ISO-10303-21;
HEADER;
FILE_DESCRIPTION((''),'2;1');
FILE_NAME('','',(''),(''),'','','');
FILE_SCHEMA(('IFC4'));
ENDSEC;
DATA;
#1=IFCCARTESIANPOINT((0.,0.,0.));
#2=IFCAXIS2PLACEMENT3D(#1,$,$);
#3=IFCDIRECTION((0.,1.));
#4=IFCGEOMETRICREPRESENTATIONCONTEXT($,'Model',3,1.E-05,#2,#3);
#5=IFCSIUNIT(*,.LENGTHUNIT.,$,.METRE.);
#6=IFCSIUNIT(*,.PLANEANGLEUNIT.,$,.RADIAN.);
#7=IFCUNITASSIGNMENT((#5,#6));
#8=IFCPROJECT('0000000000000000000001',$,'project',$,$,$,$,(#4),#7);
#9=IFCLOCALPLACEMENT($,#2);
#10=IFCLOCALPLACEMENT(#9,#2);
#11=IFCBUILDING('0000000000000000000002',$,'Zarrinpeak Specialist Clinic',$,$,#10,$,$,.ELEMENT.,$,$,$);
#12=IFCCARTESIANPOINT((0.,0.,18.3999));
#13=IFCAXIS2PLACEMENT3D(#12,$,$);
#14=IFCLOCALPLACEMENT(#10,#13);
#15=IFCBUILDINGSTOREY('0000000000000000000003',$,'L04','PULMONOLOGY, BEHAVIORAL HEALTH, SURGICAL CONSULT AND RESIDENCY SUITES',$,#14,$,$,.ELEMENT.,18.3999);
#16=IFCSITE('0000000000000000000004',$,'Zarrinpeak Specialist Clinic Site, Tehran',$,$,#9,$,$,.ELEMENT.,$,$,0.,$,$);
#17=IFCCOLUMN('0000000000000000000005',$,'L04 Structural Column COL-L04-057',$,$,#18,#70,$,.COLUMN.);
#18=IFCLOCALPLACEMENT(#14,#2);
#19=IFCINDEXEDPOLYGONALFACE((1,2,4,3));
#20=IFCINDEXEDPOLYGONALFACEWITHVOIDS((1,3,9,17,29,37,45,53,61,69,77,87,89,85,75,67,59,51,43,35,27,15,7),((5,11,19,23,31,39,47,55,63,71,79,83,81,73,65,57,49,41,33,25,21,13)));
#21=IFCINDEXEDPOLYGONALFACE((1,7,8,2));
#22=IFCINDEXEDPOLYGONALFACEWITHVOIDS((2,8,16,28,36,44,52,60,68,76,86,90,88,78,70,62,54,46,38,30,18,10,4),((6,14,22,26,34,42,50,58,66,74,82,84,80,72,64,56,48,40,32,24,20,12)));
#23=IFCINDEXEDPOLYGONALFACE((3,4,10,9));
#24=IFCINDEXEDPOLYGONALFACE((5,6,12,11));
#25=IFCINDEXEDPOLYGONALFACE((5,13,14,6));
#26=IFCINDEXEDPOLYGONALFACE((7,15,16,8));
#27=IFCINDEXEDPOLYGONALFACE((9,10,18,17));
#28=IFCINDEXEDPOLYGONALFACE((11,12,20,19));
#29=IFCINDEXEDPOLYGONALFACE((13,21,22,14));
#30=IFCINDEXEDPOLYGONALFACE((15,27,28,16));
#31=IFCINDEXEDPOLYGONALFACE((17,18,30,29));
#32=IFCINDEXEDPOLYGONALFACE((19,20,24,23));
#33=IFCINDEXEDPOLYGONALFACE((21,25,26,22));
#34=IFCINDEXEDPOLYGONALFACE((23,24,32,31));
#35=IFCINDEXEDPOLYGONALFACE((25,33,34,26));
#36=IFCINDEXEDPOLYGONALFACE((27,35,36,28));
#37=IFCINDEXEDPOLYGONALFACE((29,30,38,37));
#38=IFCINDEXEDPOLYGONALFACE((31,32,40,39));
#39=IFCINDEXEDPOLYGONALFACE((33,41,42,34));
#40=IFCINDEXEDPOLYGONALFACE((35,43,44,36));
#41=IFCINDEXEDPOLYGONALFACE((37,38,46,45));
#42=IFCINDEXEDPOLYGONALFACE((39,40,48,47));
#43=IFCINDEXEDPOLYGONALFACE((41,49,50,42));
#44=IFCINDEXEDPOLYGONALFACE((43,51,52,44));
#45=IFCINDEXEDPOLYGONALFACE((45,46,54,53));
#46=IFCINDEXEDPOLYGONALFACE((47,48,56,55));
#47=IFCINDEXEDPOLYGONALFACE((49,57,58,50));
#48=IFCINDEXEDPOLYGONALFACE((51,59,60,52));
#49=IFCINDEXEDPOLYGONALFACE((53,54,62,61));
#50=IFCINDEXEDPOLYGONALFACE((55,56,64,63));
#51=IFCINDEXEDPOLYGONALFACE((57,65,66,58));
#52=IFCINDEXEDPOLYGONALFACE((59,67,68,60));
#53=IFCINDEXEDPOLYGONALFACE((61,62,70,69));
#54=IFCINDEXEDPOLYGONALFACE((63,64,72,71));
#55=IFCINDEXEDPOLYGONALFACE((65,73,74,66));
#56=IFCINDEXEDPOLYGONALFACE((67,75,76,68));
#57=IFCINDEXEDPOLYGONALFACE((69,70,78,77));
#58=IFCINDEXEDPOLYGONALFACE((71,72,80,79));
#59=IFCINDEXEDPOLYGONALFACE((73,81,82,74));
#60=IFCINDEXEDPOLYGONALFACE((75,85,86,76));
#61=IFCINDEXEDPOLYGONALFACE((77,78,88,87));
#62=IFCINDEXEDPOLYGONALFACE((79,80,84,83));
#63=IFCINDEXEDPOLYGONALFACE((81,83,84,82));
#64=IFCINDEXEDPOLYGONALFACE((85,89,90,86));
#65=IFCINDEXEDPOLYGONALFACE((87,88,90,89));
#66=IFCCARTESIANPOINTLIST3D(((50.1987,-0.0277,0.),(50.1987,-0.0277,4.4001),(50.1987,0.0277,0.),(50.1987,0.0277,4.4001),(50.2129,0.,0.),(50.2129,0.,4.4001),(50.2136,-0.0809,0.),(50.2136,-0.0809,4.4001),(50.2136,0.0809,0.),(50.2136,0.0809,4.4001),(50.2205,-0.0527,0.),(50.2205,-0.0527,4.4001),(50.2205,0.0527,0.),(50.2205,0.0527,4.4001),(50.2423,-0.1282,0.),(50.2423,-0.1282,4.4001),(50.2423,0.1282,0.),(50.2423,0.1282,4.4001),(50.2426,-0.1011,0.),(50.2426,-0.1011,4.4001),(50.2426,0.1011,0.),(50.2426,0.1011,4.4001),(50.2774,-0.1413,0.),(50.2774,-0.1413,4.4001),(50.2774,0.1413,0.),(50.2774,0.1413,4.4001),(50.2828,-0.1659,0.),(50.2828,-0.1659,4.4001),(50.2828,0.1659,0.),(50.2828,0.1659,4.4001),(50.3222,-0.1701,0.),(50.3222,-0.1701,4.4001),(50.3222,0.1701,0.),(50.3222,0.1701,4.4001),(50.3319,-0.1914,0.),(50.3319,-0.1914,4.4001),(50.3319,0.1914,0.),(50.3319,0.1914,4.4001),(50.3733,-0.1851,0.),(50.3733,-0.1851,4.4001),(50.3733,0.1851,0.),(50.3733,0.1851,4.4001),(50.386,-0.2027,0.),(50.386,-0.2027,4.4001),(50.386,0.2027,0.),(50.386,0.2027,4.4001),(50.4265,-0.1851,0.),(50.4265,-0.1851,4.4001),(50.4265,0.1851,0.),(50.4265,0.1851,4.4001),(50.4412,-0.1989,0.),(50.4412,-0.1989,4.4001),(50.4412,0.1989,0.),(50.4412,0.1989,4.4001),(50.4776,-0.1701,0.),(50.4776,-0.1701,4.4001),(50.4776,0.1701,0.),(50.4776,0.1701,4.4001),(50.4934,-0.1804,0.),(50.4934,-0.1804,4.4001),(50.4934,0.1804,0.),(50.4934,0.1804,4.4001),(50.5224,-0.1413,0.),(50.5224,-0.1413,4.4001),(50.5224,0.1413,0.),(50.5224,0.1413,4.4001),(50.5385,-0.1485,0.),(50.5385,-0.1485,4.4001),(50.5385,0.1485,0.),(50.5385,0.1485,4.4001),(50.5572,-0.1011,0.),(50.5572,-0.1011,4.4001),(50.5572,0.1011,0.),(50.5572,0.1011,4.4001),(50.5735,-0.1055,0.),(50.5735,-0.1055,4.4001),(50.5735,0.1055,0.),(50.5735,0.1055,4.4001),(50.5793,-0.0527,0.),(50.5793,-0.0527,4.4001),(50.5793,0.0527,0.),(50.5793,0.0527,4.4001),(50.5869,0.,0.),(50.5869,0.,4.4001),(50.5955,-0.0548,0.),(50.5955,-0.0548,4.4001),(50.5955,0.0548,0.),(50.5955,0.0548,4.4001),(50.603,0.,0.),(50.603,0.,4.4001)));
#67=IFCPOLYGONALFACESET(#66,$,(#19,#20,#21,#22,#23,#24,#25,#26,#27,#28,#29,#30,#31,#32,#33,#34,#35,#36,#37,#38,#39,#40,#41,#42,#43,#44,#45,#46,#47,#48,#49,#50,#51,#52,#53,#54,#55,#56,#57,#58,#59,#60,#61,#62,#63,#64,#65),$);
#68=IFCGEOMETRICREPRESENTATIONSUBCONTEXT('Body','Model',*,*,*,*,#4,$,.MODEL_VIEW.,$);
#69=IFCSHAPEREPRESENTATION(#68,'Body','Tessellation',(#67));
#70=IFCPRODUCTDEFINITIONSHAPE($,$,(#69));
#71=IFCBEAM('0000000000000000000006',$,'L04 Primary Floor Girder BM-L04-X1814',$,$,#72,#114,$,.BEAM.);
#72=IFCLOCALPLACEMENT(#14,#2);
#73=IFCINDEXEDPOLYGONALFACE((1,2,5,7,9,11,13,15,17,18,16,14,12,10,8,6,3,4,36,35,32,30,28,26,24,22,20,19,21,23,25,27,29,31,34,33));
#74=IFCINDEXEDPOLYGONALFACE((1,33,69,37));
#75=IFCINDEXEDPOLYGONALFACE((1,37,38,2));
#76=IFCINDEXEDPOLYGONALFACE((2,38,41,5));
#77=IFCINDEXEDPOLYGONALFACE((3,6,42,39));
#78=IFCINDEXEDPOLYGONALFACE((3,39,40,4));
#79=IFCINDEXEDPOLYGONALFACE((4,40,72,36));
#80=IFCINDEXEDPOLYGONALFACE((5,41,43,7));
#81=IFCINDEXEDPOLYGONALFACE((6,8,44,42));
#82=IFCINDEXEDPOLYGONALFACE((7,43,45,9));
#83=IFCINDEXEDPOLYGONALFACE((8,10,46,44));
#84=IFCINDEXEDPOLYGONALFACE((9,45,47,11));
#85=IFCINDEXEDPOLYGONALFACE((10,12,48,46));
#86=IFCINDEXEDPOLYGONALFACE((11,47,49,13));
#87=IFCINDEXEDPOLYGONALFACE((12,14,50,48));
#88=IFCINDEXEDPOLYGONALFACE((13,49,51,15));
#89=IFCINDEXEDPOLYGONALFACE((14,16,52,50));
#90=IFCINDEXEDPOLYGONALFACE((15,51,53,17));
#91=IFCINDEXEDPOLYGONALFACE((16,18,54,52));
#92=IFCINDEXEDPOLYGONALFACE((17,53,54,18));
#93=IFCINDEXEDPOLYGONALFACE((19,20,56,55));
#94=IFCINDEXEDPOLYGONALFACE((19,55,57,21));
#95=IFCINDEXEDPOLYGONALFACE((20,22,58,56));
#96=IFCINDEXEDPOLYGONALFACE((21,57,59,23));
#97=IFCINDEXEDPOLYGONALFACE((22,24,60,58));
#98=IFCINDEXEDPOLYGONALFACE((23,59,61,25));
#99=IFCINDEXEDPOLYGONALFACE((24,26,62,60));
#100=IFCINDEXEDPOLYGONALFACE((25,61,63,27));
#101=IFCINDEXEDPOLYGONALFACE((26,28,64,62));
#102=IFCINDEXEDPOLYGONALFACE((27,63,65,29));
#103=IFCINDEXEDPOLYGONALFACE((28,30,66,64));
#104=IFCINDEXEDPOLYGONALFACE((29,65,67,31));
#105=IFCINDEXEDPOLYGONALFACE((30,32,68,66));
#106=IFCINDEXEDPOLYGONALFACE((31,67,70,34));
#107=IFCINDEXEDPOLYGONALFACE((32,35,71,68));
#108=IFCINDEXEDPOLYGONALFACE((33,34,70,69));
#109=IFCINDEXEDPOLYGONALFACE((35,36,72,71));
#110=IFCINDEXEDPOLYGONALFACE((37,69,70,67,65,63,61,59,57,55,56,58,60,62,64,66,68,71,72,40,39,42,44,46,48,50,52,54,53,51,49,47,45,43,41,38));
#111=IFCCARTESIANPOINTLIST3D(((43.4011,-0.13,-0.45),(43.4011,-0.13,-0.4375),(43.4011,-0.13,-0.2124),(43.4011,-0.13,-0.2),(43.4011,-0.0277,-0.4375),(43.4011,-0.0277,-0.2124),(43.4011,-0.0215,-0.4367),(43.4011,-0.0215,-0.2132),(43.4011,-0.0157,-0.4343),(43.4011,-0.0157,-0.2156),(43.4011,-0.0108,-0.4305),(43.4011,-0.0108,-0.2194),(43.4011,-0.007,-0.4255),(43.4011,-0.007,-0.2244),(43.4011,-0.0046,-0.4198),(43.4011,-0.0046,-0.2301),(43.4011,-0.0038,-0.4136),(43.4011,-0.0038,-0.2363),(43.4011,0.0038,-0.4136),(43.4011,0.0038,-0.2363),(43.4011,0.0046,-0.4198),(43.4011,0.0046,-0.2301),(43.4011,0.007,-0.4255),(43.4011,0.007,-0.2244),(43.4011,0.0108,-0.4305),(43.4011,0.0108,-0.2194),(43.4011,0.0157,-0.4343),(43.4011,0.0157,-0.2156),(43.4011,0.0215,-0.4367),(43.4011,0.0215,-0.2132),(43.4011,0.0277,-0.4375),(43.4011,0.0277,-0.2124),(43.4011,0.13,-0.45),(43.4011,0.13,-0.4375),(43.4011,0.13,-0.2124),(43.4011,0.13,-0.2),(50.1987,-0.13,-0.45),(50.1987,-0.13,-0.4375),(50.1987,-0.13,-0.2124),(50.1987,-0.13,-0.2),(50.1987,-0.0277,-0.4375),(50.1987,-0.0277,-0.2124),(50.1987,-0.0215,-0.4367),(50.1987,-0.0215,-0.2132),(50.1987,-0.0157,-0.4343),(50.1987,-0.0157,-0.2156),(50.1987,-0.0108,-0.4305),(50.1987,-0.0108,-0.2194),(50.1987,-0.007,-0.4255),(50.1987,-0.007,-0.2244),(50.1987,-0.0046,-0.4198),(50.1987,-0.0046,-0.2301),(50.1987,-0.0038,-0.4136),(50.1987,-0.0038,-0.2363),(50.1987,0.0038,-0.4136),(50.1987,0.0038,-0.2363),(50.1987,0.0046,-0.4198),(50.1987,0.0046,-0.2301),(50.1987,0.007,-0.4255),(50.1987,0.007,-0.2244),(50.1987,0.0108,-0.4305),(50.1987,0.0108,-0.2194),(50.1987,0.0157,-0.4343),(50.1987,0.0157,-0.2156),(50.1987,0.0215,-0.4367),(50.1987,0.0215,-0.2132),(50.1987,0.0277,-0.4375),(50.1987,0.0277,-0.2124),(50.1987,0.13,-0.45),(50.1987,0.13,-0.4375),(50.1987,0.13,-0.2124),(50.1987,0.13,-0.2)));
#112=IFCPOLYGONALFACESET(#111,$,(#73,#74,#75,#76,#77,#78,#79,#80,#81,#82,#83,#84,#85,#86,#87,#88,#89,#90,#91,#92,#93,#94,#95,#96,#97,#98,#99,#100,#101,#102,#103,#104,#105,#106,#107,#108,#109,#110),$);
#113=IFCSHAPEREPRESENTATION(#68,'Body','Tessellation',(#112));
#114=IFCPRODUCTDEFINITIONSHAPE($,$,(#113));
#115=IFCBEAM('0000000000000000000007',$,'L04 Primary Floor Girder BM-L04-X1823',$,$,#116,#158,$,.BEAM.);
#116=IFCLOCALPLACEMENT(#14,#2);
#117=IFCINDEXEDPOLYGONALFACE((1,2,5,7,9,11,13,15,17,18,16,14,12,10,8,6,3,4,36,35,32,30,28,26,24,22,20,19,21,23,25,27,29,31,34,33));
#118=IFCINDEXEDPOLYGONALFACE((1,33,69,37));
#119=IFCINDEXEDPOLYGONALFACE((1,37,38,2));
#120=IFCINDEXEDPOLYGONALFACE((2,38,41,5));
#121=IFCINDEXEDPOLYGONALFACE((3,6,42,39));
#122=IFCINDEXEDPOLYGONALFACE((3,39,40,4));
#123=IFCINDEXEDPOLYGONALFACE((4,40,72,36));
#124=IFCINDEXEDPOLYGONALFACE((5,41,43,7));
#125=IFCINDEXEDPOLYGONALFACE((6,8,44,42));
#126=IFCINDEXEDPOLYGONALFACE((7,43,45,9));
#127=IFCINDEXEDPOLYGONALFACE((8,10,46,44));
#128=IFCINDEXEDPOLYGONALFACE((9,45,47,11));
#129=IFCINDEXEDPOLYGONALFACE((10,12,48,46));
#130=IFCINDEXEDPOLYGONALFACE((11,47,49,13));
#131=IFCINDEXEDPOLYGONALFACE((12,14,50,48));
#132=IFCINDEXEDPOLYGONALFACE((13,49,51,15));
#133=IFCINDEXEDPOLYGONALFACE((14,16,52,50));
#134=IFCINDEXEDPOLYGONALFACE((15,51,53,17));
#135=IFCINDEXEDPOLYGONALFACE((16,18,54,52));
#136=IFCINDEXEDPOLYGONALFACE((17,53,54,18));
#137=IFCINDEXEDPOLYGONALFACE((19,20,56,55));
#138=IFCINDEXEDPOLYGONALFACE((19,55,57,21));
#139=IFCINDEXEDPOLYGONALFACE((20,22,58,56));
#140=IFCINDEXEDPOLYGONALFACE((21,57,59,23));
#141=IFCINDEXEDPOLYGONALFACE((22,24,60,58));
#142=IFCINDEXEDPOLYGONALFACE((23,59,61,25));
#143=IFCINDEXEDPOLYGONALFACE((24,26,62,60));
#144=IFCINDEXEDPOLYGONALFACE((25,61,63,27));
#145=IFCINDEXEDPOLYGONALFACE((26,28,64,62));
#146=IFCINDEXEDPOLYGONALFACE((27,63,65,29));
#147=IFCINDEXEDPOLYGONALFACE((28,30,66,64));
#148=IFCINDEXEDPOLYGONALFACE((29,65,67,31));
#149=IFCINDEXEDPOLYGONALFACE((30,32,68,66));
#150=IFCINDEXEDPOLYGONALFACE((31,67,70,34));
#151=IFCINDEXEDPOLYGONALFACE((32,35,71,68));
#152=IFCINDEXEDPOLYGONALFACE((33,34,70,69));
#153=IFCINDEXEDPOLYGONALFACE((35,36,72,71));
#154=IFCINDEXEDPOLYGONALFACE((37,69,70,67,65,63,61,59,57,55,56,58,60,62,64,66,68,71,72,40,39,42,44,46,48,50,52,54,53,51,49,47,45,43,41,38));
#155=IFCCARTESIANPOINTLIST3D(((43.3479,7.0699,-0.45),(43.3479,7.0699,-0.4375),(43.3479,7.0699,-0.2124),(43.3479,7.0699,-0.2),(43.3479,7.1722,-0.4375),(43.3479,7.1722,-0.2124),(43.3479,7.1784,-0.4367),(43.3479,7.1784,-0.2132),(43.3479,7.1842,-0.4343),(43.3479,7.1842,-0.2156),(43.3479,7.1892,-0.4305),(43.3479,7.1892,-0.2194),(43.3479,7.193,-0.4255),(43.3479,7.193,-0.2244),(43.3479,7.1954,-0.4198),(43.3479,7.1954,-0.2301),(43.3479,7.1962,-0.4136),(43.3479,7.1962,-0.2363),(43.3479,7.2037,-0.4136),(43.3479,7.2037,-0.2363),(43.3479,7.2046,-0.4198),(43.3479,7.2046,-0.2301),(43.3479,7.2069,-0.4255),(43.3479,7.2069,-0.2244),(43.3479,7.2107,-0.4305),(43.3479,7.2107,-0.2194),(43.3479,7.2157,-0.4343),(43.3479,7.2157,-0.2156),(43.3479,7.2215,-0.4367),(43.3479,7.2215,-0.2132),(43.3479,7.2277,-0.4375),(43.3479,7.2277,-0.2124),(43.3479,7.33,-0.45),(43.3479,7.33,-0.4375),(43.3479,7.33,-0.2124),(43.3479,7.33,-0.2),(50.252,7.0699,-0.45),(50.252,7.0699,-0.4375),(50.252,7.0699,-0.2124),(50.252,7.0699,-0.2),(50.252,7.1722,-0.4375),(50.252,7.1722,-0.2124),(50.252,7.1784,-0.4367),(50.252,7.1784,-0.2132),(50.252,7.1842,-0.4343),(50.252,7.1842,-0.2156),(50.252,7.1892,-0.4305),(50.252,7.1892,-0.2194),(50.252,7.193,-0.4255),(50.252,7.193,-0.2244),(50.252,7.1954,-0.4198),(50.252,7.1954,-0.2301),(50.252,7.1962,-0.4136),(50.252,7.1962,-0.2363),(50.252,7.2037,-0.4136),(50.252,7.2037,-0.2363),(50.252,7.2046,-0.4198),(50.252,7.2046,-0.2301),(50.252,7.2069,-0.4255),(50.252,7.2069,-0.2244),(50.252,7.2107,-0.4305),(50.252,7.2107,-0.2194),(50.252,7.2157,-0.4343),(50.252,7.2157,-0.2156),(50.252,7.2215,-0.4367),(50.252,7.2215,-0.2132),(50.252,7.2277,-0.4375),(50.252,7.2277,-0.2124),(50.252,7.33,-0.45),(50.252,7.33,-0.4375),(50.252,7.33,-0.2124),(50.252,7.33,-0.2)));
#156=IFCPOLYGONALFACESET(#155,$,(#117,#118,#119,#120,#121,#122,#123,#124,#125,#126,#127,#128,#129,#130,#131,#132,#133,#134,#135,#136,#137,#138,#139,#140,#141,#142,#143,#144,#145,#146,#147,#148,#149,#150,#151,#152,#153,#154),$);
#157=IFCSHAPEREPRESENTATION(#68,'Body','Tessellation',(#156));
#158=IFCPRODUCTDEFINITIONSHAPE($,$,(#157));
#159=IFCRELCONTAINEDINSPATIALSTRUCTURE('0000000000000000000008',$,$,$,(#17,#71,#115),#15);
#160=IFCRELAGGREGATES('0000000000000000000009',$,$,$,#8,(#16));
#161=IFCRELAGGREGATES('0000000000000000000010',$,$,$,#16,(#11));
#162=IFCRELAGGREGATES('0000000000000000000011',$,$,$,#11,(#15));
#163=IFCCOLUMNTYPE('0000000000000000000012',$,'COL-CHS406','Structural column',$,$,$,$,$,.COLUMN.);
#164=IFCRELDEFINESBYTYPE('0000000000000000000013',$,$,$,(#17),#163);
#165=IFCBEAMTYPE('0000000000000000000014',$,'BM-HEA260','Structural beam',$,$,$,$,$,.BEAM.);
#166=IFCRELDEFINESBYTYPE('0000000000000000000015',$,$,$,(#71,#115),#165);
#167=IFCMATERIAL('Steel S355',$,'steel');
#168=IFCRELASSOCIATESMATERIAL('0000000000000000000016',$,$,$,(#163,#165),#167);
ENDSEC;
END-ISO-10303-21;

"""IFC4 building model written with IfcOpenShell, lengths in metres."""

from ifc_helpers import new_model, si_unit, direction, frame, origin, origin_2d, place, context, subcontext, project, spatial, hollow_circle, i_section, extrude, material, material_profile, profile_set, type_object, element, save


model = new_model("IFC4")

# Units and contexts
model_context = context("Model", 3, precision=1e-05, world=origin(), true_north=direction((0.0, 1.0)))
body_context = subcontext(model_context, "Body", "Model", "MODEL_VIEW")
ifc_project = project(units=[si_unit("LENGTHUNIT", "METRE"), si_unit("PLANEANGLEUNIT", "RADIAN")], contexts=[model_context])

# Site, building, storey
site_placement = place(None, origin())
site = spatial("IfcSite", under=ifc_project, at=site_placement, Name="Zarrinpeak Specialist Clinic Site, Tehran", CompositionType="ELEMENT", RefElevation=0.0)
building_placement = place(site_placement, origin())
building = spatial("IfcBuilding", under=site, at=building_placement, Name="Zarrinpeak Specialist Clinic", CompositionType="ELEMENT")
storey_placement = place(building_placement, frame((0.0, 0.0, 18.3999)))
storey = spatial("IfcBuildingStorey", under=building, at=storey_placement, Name="L04", Description="PULMONOLOGY, BEHAVIORAL HEALTH, SURGICAL CONSULT AND RESIDENCY SUITES", CompositionType="ELEMENT", Elevation=18.3999)

# Column
ifc_material_1 = material(Name="Steel S355", Category="steel")
ifc_material_profile_1 = material_profile(ifc_material_1, hollow_circle(Radius=0.2031, WallThickness=0.0161, at=origin_2d()), Name="CHS 406.4x16.0")
ifc_profile_set_1 = profile_set([ifc_material_profile_1], Name="Steel S355")
column_type = type_object("IfcColumnType", Name="COL-CHS406", Description="Structural column", PredefinedType="COLUMN", material=ifc_profile_set_1)
column_placement = place(storey_placement, frame((50.3999, 0.0, 0.0), z_axis=(0.0, 0.0, 1.0), x_axis=(1.0, 0.0, 0.0)))
element("IfcColumn", 1, at=column_placement, inside=storey, type_object=column_type, Name="L04 Structural Column COL-L04-057", PredefinedType="COLUMN", context=body_context, shape_type="SweptSolid", body=[
    extrude(hollow_circle(Radius=0.2031, WallThickness=0.0161, at=origin_2d()), origin(), (0.0, 0.0, 1.0), 4.4001),
])

# Beams
ifc_material_profile_2 = material_profile(ifc_material_1, i_section(OverallWidth=0.26, OverallDepth=0.25, WebThickness=0.0076, FlangeThickness=0.0125, FilletRadius=0.0239, at=origin_2d()), Name="HEA 260")
ifc_profile_set_2 = profile_set([ifc_material_profile_2], Name="Steel S355")
beam_type_1 = type_object("IfcBeamType", Name="BM-HEA260", Description="Structural beam", PredefinedType="BEAM", material=ifc_profile_set_2)
beam_1_placement = place(storey_placement, frame((43.4011, 0.0, -0.325), z_axis=(1.0, 0.0, 0.0), x_axis=(0.0, 1.0, 0.0)))
element("IfcBeam", 2, at=beam_1_placement, inside=storey, type_object=beam_type_1, Name="L04 Primary Floor Girder BM-L04-X1814", PredefinedType="BEAM", context=body_context, shape_type="SweptSolid", body=[
    extrude(i_section(OverallWidth=0.26, OverallDepth=0.25, WebThickness=0.0076, FlangeThickness=0.0125, FilletRadius=0.0239, at=origin_2d()), origin(), (0.0, 0.0, 1.0), 6.7976),
])
beam_2_placement = place(storey_placement, frame((43.3479, 7.2, -0.325), z_axis=(1.0, 0.0, 0.0), x_axis=(0.0, 1.0, 0.0)))
element("IfcBeam", 3, at=beam_2_placement, inside=storey, type_object=beam_type_1, Name="L04 Primary Floor Girder BM-L04-X1823", PredefinedType="BEAM", context=body_context, shape_type="SweptSolid", body=[
    extrude(i_section(OverallWidth=0.26, OverallDepth=0.25, WebThickness=0.0076, FlangeThickness=0.0125, FilletRadius=0.0239, at=origin_2d()), origin(), (0.0, 0.0, 1.0), 6.9041),
])

save(model, "model.ifc")
